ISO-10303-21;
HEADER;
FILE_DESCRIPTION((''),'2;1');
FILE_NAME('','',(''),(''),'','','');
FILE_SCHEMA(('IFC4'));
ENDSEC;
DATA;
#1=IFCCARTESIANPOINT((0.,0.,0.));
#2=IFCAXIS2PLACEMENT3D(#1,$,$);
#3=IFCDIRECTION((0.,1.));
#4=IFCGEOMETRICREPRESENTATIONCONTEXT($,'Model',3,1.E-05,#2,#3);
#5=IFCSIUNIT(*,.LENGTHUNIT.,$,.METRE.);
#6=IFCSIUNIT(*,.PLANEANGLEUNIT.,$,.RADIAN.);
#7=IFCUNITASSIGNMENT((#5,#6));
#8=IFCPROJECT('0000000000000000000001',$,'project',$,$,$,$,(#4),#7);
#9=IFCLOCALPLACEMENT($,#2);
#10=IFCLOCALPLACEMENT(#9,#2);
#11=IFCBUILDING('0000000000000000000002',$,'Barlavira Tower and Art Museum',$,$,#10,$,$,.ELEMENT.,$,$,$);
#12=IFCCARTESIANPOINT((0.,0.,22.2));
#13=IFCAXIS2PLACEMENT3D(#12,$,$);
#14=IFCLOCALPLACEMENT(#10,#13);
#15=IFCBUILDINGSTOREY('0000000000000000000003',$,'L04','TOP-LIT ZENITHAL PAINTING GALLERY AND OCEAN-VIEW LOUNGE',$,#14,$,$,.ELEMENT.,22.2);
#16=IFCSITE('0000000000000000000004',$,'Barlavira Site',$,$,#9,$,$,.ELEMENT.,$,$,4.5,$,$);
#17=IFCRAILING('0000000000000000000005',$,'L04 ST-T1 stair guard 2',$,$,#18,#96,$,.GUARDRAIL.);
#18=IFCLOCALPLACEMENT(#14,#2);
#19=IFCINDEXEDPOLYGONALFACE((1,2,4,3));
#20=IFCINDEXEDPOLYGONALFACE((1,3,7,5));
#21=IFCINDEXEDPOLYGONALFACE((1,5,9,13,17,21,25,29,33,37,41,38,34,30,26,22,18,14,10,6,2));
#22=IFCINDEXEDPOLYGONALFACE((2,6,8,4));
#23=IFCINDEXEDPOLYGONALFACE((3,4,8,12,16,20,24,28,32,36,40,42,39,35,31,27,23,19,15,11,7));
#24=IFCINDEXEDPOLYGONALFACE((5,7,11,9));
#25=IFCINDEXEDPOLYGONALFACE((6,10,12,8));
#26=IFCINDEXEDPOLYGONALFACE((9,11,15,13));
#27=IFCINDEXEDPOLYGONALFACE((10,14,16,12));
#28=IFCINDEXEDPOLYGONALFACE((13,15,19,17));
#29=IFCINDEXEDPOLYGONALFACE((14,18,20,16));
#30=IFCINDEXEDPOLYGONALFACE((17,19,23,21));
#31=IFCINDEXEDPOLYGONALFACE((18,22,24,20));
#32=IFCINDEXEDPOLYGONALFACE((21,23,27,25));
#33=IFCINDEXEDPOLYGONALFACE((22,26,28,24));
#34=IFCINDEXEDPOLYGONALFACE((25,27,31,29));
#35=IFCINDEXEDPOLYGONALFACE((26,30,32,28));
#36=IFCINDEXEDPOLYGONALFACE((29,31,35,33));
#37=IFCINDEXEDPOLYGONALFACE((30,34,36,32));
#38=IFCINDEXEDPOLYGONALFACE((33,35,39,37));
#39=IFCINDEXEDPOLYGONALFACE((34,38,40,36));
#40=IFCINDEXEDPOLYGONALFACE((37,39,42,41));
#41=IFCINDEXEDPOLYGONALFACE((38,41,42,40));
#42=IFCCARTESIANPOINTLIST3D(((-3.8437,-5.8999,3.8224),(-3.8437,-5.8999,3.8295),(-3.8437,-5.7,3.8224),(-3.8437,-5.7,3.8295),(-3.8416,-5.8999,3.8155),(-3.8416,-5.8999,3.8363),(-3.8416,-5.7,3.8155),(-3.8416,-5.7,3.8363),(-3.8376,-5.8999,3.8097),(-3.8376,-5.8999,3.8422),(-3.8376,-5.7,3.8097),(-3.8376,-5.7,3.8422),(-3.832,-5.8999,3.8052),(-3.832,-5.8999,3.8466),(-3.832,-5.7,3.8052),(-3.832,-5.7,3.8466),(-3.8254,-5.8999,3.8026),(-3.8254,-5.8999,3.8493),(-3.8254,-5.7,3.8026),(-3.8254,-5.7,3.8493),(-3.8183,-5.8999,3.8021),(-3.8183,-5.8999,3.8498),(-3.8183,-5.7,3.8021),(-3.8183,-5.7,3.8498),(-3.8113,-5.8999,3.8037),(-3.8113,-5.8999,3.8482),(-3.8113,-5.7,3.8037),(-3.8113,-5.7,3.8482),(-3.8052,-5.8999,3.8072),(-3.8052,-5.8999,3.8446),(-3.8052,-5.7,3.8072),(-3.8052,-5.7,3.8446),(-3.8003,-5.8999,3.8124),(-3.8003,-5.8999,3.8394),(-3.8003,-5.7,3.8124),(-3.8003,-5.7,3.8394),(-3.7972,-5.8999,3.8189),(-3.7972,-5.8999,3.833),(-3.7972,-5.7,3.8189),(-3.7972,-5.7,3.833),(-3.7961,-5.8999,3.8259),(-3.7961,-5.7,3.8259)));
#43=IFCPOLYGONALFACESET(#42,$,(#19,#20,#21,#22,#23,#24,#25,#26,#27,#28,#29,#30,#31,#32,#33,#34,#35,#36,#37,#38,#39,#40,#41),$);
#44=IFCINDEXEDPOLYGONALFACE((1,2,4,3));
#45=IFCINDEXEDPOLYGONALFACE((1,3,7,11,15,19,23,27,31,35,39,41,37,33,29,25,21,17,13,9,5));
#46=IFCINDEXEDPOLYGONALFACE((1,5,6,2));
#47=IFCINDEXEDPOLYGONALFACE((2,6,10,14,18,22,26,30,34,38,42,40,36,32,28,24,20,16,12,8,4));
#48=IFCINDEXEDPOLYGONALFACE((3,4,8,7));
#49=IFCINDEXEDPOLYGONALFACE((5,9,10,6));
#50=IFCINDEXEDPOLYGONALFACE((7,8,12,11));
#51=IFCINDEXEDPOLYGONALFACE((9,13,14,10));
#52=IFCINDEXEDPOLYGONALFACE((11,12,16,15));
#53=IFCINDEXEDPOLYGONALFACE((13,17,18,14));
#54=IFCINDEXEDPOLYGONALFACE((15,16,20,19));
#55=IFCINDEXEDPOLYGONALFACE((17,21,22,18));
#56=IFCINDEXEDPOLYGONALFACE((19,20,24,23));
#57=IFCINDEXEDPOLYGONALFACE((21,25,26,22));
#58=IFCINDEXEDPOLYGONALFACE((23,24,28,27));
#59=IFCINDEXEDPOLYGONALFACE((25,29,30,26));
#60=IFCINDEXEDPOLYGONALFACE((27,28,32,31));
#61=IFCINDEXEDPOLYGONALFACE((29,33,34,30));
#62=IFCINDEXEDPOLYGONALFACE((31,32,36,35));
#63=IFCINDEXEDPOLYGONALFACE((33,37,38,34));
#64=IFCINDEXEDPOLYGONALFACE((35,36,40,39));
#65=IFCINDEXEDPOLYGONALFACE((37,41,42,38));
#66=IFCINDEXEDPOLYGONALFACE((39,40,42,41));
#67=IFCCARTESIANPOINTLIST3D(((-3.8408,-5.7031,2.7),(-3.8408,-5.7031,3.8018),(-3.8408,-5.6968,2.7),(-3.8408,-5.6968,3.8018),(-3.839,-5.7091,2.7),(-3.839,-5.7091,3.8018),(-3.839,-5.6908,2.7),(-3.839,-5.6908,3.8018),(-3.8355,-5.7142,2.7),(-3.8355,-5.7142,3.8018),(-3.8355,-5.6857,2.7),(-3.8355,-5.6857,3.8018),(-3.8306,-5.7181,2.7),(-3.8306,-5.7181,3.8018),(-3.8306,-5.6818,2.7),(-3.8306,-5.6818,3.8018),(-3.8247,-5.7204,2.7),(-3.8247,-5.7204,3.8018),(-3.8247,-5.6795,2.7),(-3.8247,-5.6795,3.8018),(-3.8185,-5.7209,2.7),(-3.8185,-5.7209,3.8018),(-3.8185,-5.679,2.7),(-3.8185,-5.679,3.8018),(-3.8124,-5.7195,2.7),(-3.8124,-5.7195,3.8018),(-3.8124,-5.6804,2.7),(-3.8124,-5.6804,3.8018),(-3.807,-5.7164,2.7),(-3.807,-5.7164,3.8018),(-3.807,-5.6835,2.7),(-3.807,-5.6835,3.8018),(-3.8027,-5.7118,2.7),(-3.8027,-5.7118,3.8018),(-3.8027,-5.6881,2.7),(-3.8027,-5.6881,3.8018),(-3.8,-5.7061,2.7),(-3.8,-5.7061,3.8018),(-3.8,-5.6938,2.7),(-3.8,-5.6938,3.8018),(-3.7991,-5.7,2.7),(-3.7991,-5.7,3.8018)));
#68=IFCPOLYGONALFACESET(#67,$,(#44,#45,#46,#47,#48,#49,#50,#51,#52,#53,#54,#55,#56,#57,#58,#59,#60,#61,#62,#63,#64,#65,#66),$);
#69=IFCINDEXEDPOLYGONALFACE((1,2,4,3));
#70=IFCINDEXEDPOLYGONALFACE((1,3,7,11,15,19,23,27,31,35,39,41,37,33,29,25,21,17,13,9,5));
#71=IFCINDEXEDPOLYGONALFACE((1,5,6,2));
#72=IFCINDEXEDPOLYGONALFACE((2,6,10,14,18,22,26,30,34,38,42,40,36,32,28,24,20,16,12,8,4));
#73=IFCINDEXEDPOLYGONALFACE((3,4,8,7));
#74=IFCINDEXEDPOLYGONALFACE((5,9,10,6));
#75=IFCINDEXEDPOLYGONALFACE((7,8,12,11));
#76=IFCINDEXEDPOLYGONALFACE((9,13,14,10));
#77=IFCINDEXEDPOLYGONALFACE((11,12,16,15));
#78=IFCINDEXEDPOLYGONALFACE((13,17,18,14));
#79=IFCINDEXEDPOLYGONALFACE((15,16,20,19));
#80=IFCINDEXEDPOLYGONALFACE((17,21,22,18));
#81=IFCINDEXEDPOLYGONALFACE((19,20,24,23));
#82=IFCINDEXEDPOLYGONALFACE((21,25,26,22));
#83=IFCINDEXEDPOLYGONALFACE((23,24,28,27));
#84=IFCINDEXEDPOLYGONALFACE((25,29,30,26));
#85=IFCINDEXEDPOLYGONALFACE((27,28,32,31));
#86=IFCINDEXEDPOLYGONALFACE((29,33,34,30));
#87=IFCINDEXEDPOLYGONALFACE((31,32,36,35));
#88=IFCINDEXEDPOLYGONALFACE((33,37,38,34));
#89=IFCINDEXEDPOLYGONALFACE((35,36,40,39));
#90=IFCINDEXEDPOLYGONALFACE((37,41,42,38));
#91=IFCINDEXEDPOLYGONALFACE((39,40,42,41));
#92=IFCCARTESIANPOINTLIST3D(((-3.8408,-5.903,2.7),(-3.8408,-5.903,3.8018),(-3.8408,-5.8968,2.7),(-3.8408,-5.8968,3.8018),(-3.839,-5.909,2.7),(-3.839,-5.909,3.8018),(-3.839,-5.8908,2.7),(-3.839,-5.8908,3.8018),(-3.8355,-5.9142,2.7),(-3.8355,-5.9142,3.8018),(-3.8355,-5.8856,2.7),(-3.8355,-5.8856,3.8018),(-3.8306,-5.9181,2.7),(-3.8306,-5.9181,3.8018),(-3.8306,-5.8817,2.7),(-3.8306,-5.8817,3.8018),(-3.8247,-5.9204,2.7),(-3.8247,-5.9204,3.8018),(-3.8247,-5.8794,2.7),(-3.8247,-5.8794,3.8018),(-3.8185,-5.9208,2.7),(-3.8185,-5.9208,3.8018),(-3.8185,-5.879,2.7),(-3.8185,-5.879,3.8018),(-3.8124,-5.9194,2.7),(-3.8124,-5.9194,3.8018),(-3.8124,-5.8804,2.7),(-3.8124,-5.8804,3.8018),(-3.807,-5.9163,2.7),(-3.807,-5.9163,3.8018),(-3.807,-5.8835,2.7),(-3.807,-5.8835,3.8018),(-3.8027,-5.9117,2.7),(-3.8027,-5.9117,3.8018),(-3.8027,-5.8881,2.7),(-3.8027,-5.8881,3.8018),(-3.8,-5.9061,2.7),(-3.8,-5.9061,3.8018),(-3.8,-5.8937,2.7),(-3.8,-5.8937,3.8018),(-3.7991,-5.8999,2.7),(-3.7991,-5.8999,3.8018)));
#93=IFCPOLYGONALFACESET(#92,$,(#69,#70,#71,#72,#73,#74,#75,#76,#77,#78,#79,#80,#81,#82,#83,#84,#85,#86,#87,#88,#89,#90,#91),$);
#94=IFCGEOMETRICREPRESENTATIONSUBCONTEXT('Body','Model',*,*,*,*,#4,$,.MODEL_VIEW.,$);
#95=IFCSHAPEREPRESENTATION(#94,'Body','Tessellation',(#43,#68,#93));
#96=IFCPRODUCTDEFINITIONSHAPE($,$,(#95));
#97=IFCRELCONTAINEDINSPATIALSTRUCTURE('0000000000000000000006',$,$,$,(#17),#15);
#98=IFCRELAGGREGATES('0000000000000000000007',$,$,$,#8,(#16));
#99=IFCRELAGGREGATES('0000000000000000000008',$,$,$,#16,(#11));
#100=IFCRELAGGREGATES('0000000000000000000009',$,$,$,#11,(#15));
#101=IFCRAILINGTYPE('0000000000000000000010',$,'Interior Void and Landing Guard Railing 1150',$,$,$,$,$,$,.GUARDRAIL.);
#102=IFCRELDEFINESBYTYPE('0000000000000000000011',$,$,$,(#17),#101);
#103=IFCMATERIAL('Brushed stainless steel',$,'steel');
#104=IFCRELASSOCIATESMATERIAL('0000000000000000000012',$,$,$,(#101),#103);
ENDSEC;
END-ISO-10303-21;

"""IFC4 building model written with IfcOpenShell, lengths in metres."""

from ifc_helpers import new_model, si_unit, direction, frame, origin, origin_2d, place, context, subcontext, project, spatial, circle, extrude, material, type_object, element, save


model = new_model("IFC4")

# Units and contexts
model_context = context("Model", 3, precision=1e-05, world=origin(), true_north=direction((0.0, 1.0)))
body_context = subcontext(model_context, "Body", "Model", "MODEL_VIEW")
ifc_project = project(units=[si_unit("LENGTHUNIT", "METRE"), si_unit("PLANEANGLEUNIT", "RADIAN")], contexts=[model_context])

# Site, building, storey
site_placement = place(None, origin())
site = spatial("IfcSite", under=ifc_project, at=site_placement, Name="Barlavira Site", CompositionType="ELEMENT", RefElevation=4.5)
building_placement = place(site_placement, origin())
building = spatial("IfcBuilding", under=site, at=building_placement, Name="Barlavira Tower and Art Museum", CompositionType="ELEMENT")
storey_placement = place(building_placement, frame((0.0, 0.0, 22.2)))
storey = spatial("IfcBuildingStorey", under=building, at=storey_placement, Name="L04", Description="TOP-LIT ZENITHAL PAINTING GALLERY AND OCEAN-VIEW LOUNGE", CompositionType="ELEMENT", Elevation=22.2)

# Shared definitions
ifc_material_1 = material(Name="Brushed stainless steel", Category="steel")

# Railing
railing_type_1 = type_object("IfcRailingType", Name="Interior Void and Landing Guard Railing 1150", PredefinedType="GUARDRAIL", material=ifc_material_1)
railing_1_placement = place(storey_placement, frame((-3.8201, -5.7, 2.7)))
element("IfcRailing", 1, at=railing_1_placement, inside=storey, type_object=railing_type_1, Name="L04 ST-T1 stair guard 2", PredefinedType="GUARDRAIL", context=body_context, shape_type="SweptSolid", body=[
    extrude(circle(Radius=0.0239, at=origin_2d()), frame((0.0, 0.0, 1.126), z_axis=(0.0, -1.0, 0.0), x_axis=(1.0, 0.0, 0.0)), (0.0, 0.0, 1.0), 0.2),
    extrude(circle(Radius=0.021, at=origin_2d()), origin(), (0.0, 0.0, 1.0), 1.1018),
    extrude(circle(Radius=0.021, at=origin_2d()), frame((0.0, -0.2, 0.0)), (0.0, 0.0, 1.0), 1.1018),
])

save(model, "model.ifc")
